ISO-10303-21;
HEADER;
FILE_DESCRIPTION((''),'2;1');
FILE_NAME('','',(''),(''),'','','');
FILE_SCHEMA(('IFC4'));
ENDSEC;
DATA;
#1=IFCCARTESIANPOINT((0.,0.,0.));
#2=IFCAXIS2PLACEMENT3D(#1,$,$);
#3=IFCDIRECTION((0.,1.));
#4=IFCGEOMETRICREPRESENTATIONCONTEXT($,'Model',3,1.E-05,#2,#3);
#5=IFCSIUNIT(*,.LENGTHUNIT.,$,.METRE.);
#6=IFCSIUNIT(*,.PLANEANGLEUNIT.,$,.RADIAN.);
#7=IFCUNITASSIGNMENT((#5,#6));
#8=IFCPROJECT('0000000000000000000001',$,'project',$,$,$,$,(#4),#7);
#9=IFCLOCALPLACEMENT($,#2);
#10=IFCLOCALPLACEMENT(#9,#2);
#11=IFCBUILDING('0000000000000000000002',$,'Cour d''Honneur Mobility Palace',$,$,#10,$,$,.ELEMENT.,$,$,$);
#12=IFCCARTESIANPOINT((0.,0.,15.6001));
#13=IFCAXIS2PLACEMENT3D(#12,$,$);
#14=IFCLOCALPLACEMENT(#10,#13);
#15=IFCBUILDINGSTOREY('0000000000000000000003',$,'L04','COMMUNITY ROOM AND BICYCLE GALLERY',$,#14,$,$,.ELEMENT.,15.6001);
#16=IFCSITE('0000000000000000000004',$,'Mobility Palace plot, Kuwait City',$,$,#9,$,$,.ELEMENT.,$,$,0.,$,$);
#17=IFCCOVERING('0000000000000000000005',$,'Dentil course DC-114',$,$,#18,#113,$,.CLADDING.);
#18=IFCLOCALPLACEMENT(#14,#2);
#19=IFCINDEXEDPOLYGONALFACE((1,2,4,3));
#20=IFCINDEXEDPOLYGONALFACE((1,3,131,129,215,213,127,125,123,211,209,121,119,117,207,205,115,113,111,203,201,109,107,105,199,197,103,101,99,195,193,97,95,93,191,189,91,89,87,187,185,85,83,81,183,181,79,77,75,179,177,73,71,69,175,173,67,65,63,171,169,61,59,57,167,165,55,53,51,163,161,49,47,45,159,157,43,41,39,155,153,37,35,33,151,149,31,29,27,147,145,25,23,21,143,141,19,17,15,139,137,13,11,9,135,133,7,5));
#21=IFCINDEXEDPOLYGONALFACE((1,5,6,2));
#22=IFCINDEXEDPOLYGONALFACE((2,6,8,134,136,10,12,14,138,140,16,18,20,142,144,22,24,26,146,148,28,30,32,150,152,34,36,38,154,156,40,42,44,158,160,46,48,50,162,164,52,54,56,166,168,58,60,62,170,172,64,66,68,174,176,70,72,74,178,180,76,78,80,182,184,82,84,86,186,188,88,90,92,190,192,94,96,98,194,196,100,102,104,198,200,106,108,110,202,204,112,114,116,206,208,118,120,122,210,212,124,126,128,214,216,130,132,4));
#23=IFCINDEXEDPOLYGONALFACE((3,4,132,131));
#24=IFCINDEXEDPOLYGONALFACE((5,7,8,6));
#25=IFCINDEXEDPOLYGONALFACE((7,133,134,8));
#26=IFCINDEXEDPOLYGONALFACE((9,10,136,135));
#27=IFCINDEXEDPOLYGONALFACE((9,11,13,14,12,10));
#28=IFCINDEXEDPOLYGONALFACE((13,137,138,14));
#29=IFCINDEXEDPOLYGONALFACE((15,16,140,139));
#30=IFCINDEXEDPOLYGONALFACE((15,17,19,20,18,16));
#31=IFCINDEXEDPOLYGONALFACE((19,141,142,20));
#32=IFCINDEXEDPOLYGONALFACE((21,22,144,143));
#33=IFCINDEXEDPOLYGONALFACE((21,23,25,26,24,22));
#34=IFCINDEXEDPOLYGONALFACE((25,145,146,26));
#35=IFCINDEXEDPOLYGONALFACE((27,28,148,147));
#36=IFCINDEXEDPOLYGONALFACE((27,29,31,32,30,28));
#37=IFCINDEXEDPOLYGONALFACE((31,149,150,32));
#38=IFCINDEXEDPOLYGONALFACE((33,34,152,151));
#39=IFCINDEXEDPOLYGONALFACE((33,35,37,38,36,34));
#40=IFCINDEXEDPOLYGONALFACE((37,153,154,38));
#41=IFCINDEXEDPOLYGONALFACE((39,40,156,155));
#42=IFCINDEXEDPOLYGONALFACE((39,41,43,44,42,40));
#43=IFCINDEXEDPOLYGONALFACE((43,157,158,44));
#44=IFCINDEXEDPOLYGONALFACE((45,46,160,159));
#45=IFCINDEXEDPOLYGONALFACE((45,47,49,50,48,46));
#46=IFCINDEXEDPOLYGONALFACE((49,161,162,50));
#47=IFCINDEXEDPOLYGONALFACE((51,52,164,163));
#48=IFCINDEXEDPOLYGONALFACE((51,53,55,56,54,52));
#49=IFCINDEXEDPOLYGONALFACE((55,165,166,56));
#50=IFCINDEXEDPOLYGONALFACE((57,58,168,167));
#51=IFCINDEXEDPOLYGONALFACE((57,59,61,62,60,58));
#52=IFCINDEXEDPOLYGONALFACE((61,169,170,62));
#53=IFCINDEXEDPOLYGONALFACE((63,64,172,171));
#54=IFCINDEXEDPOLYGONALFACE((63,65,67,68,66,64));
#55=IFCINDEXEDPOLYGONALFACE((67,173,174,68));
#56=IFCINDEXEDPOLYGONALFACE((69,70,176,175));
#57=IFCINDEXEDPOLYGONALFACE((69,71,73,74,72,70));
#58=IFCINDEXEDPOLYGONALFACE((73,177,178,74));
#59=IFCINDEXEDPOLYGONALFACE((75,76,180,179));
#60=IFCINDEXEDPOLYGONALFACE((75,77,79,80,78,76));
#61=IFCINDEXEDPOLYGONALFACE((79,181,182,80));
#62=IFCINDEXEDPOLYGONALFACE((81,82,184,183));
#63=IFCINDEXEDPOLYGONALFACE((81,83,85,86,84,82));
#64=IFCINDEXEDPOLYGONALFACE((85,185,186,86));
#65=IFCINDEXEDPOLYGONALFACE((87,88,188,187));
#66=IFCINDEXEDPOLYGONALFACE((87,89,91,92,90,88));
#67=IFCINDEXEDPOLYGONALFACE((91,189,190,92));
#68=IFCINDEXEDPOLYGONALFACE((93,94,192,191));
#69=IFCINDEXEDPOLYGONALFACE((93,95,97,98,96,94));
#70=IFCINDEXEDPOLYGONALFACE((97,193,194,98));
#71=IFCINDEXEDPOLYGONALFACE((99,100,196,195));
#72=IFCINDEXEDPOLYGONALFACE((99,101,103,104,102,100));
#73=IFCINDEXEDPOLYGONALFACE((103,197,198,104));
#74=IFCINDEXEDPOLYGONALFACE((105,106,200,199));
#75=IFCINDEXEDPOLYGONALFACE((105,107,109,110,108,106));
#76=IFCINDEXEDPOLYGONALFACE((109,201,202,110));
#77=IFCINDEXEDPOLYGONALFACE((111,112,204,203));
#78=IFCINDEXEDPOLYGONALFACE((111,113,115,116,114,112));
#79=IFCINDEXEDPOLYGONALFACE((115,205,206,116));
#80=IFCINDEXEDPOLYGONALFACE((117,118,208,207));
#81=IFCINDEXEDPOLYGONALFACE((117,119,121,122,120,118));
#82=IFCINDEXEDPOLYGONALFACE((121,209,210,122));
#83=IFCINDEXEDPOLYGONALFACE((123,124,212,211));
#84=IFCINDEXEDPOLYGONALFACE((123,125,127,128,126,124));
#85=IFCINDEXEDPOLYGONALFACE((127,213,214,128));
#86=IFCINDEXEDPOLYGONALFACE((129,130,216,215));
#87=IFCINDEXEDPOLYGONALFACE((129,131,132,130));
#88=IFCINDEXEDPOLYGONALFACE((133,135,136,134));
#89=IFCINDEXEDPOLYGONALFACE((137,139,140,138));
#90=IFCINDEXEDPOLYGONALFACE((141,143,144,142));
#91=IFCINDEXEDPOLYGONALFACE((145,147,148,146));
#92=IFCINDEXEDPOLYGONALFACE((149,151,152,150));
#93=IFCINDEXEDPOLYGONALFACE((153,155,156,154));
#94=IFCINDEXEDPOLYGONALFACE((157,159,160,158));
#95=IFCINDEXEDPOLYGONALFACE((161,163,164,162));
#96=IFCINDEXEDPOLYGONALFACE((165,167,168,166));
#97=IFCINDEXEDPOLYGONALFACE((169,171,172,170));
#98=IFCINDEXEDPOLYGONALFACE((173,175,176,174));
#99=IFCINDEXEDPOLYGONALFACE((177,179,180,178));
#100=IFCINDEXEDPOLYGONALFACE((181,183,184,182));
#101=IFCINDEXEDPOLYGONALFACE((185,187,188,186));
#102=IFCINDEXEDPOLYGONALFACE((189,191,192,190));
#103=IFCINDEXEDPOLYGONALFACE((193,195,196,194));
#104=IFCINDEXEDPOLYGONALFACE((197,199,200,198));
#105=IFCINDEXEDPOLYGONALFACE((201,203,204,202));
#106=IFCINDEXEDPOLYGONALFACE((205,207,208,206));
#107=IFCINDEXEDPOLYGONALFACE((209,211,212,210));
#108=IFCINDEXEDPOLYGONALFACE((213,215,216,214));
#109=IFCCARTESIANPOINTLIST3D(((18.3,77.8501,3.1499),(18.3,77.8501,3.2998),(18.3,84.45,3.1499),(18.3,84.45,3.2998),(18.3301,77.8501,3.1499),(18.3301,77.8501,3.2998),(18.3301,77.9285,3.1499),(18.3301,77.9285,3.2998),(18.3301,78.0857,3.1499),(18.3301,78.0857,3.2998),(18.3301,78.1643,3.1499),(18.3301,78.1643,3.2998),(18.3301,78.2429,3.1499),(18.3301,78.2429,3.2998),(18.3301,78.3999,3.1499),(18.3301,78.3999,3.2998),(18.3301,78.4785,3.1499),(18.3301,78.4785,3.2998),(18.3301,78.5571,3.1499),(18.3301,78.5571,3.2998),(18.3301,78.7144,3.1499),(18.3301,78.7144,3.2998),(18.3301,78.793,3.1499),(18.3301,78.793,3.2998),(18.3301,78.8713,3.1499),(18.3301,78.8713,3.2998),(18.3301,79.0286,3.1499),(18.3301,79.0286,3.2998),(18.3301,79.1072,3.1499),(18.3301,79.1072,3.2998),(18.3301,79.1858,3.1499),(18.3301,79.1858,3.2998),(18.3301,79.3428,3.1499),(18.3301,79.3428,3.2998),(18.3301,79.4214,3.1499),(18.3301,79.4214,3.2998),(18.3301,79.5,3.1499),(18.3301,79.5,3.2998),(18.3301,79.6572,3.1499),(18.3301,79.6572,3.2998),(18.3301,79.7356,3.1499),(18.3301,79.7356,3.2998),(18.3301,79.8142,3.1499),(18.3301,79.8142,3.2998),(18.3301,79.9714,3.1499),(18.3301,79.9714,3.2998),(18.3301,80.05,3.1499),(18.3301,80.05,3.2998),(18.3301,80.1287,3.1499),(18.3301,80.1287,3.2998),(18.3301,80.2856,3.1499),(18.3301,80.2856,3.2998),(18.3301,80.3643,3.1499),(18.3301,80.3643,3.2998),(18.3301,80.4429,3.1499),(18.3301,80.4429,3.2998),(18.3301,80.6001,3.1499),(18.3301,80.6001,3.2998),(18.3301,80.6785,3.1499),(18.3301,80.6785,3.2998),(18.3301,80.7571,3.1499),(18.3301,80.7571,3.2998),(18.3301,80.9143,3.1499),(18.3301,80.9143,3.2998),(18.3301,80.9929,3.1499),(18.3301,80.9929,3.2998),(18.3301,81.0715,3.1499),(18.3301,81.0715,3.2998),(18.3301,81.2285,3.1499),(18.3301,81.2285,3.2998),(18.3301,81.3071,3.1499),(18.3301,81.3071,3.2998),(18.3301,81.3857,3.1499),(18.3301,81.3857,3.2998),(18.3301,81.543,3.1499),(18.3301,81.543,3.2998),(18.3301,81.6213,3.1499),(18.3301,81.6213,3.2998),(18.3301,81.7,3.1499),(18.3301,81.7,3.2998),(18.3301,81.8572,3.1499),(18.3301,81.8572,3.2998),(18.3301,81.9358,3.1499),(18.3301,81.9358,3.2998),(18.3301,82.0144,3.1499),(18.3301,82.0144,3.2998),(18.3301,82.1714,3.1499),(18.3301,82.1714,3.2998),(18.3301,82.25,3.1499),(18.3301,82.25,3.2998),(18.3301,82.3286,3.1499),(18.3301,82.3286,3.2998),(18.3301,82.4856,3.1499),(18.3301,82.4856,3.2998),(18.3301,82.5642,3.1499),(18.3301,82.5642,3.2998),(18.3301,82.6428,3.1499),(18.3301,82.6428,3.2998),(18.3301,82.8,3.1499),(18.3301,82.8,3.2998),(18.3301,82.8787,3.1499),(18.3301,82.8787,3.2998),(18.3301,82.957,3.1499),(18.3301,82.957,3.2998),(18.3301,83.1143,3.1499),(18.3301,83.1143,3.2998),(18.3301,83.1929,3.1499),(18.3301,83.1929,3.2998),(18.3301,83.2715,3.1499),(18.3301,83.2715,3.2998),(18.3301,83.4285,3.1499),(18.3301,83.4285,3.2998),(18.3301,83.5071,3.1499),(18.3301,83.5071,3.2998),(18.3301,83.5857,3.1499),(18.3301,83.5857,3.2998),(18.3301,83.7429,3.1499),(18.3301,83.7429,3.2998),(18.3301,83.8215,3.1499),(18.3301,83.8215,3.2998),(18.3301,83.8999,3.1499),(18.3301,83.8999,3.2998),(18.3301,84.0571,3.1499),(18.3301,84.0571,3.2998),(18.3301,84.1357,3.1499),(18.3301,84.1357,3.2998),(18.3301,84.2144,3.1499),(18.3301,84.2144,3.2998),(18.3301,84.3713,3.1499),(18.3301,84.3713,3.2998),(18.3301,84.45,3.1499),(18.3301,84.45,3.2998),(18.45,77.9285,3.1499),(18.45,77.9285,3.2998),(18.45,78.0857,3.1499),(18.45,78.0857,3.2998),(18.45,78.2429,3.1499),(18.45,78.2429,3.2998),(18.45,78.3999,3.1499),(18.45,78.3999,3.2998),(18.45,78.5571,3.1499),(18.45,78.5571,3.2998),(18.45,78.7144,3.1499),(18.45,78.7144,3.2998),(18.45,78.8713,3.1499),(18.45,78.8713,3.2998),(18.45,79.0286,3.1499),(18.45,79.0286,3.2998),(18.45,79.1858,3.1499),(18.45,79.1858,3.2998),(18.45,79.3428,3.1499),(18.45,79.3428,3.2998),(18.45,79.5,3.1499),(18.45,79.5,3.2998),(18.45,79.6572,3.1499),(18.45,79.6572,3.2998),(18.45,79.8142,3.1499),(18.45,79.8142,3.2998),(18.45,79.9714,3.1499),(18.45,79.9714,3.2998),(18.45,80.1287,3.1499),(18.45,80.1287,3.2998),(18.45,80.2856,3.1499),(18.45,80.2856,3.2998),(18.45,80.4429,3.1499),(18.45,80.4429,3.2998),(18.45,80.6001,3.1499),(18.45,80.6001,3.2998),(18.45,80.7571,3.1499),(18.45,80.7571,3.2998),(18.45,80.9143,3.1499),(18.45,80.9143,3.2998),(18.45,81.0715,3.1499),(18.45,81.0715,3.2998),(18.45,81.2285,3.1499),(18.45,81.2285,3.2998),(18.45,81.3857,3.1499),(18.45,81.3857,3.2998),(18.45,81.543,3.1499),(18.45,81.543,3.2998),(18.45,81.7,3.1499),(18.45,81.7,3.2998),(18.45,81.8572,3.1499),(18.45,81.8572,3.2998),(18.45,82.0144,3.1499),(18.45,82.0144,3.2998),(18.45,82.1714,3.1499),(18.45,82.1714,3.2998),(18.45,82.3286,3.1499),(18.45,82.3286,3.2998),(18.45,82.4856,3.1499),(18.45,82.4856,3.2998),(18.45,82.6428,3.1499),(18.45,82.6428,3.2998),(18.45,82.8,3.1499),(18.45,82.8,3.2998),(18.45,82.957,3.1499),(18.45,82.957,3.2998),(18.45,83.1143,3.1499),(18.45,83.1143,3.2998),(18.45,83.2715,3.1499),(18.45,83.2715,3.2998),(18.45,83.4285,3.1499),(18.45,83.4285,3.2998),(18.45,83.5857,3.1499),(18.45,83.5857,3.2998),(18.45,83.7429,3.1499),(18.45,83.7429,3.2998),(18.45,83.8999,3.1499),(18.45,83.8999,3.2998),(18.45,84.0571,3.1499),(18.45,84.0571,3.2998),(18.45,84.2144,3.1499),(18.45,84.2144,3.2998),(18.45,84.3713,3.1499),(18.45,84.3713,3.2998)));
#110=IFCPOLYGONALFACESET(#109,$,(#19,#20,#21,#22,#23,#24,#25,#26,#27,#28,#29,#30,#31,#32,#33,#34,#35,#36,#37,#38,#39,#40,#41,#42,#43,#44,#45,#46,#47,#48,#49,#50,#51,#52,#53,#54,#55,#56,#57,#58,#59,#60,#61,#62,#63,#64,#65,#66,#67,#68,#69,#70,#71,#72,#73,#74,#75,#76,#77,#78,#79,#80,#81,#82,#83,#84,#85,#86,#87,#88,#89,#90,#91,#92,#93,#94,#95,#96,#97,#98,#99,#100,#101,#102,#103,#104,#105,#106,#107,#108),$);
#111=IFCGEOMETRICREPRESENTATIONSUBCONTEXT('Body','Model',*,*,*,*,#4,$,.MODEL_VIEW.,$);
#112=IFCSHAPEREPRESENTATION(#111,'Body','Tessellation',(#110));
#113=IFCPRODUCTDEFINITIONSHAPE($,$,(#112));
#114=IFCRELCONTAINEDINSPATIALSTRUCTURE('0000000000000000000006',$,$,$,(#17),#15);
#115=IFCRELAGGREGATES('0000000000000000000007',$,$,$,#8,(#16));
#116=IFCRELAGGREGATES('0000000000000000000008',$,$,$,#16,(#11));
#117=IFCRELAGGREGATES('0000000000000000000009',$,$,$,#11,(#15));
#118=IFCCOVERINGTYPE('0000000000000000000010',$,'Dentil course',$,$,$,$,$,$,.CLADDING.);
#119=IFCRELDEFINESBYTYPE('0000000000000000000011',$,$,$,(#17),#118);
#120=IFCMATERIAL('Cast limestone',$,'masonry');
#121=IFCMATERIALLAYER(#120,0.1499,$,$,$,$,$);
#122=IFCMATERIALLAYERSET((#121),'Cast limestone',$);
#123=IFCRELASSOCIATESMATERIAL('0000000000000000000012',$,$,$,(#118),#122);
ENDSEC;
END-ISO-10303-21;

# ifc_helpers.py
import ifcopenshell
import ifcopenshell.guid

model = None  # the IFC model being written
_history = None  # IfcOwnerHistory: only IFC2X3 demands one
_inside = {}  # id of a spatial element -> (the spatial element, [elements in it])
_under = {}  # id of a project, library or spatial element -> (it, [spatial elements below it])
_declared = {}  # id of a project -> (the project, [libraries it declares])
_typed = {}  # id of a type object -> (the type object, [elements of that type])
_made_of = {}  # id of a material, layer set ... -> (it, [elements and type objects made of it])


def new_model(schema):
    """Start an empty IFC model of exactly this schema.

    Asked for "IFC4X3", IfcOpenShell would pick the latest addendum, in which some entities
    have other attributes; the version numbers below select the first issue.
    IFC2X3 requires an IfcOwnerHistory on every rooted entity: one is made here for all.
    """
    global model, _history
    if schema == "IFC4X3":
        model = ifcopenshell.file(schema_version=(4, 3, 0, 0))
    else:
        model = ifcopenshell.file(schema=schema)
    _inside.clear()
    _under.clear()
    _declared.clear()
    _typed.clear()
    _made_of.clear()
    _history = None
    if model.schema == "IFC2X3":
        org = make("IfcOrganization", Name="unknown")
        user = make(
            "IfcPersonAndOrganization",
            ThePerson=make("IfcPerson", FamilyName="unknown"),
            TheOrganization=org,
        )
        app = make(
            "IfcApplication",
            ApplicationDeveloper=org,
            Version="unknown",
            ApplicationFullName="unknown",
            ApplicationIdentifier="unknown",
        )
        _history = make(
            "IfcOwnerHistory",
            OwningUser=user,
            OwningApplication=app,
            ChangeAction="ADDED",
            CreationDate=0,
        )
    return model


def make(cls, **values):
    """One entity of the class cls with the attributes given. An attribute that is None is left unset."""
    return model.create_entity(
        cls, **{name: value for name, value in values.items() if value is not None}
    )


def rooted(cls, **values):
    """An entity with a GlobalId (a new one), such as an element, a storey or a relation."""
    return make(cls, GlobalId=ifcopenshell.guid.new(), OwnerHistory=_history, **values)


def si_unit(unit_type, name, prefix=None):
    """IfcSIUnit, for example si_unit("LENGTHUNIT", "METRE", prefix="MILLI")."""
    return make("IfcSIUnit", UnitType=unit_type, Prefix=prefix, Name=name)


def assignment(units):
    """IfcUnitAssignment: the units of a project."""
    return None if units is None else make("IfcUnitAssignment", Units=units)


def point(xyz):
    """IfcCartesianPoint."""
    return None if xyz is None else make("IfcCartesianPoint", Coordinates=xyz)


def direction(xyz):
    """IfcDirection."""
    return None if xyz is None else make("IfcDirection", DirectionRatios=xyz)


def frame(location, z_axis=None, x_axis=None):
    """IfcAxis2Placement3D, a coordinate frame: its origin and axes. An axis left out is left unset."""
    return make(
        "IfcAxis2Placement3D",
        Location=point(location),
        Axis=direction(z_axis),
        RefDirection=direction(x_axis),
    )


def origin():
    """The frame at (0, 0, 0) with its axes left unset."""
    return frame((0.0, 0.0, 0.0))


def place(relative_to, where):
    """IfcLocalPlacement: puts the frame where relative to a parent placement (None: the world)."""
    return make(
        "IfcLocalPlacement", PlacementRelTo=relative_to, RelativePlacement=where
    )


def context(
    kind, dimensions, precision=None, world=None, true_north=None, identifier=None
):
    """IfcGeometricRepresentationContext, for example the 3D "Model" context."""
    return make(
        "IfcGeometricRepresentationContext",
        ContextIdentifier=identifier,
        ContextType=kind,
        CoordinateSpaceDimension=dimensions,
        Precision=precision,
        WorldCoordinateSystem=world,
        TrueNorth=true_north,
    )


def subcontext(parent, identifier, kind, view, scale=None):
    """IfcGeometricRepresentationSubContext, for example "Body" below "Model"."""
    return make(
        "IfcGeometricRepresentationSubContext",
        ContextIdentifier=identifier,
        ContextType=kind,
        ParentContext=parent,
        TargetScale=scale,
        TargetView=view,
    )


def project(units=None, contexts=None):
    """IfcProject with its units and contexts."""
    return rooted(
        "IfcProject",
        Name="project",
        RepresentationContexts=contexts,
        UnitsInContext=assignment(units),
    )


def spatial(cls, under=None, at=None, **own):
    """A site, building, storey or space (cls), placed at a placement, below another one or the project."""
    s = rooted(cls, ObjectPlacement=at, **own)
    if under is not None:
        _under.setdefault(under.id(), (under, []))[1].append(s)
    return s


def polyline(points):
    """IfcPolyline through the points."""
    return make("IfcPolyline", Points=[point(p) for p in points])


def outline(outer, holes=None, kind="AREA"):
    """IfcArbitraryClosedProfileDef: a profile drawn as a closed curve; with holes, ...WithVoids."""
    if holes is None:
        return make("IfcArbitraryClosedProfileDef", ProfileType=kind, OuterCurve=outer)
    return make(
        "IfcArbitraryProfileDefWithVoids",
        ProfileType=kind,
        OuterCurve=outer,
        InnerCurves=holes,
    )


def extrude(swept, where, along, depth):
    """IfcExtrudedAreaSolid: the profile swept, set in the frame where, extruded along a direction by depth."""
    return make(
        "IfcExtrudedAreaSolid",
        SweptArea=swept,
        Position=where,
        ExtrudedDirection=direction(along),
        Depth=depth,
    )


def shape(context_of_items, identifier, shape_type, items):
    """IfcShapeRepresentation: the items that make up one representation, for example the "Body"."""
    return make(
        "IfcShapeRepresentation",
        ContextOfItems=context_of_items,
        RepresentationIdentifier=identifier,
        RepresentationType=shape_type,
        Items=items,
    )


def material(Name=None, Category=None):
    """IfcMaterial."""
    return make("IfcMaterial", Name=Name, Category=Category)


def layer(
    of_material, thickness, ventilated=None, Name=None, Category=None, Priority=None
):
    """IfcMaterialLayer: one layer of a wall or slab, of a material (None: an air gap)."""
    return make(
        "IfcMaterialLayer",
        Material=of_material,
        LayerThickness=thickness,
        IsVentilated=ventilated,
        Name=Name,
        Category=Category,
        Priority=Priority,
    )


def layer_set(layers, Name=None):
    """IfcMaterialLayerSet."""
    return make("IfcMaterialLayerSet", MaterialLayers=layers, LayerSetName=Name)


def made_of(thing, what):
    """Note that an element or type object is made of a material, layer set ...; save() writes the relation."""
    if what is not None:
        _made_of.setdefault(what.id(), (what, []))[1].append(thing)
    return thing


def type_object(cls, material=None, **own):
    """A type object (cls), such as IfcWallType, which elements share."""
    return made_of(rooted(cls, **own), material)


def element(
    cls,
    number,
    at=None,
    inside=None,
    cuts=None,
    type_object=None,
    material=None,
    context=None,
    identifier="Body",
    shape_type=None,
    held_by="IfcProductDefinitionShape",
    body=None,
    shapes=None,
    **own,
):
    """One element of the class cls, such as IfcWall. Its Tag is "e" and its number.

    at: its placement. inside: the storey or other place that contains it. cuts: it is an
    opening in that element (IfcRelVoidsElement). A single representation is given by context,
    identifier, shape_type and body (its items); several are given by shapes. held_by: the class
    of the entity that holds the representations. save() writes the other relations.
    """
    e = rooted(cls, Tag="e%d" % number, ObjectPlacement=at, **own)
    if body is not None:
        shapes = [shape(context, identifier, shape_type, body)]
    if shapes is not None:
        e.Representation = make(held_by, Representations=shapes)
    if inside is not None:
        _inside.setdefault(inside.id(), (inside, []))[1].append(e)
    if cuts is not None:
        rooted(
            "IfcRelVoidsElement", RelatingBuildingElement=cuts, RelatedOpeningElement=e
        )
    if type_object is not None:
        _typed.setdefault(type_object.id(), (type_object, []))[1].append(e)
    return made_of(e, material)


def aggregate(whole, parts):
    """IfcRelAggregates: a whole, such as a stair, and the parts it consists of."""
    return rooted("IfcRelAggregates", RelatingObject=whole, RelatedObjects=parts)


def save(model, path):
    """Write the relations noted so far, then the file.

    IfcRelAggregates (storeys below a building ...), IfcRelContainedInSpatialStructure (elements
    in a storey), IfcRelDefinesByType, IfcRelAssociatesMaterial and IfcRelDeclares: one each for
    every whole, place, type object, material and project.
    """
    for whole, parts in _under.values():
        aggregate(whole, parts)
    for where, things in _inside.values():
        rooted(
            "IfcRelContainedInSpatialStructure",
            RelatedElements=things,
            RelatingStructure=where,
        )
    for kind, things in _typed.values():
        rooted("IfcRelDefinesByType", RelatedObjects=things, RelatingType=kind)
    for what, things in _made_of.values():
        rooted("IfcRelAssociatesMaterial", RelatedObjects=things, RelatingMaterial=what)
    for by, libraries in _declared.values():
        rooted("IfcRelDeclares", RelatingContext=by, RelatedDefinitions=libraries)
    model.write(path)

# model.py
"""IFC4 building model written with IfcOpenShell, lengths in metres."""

from ifc_helpers import new_model, si_unit, direction, frame, origin, place, context, subcontext, project, spatial, polyline, outline, extrude, material, layer, layer_set, type_object, element, save


model = new_model("IFC4")

# Units and contexts
model_context = context("Model", 3, precision=1e-05, world=origin(), true_north=direction((0.0, 1.0)))
body_context = subcontext(model_context, "Body", "Model", "MODEL_VIEW")
ifc_project = project(units=[si_unit("LENGTHUNIT", "METRE"), si_unit("PLANEANGLEUNIT", "RADIAN")], contexts=[model_context])

# Site, building, storey
site_placement = place(None, origin())
site = spatial("IfcSite", under=ifc_project, at=site_placement, Name="Mobility Palace plot, Kuwait City", CompositionType="ELEMENT", RefElevation=0.0)
building_placement = place(site_placement, origin())
building = spatial("IfcBuilding", under=site, at=building_placement, Name="Cour d'Honneur Mobility Palace", CompositionType="ELEMENT")
storey_placement = place(building_placement, frame((0.0, 0.0, 15.6001)))
storey = spatial("IfcBuildingStorey", under=building, at=storey_placement, Name="L04", Description="COMMUNITY ROOM AND BICYCLE GALLERY", CompositionType="ELEMENT", Elevation=15.6001)

# Covering
ifc_material = material(Name="Cast limestone", Category="masonry")
ifc_layer = layer(ifc_material, 0.1499)
ifc_layer_set = layer_set([ifc_layer], Name="Cast limestone")
covering_type = type_object("IfcCoveringType", Name="Dentil course", PredefinedType="CLADDING", material=ifc_layer_set)
covering_1_placement = place(storey_placement, frame((0.0, 0.0, 3.1499)))
element("IfcCovering", 1, at=covering_1_placement, inside=storey, type_object=covering_type, Name="Dentil course DC-114", PredefinedType="CLADDING", context=body_context, shape_type="SweptSolid", body=[
    extrude(outline(polyline([(18.3, 77.8501), (18.3, 84.45), (18.3301, 84.45), (18.3301, 84.45), (18.3301, 84.3713), (18.45, 84.3713), (18.45, 84.2144), (18.3301, 84.2144), (18.3301, 84.1357), (18.3301, 84.1357), (18.3301, 84.0571), (18.45, 84.0571), (18.45, 83.8999), (18.3301, 83.8999), (18.3301, 83.8215), (18.3301, 83.8215), (18.3301, 83.7429), (18.45, 83.7429), (18.45, 83.5857), (18.3301, 83.5857), (18.3301, 83.5071), (18.3301, 83.5071), (18.3301, 83.4285), (18.45, 83.4285), (18.45, 83.2715), (18.3301, 83.2715), (18.3301, 83.1929), (18.3301, 83.1929), (18.3301, 83.1143), (18.45, 83.1143), (18.45, 82.957), (18.3301, 82.957), (18.3301, 82.8787), (18.3301, 82.8787), (18.3301, 82.8), (18.45, 82.8), (18.45, 82.6428), (18.3301, 82.6428), (18.3301, 82.5642), (18.3301, 82.5642), (18.3301, 82.4856), (18.45, 82.4856), (18.45, 82.3286), (18.3301, 82.3286), (18.3301, 82.25), (18.3301, 82.25), (18.3301, 82.1714), (18.45, 82.1714), (18.45, 82.0144), (18.3301, 82.0144), (18.3301, 81.9358), (18.3301, 81.9358), (18.3301, 81.8572), (18.45, 81.8572), (18.45, 81.7), (18.3301, 81.7), (18.3301, 81.6213), (18.3301, 81.6213), (18.3301, 81.543), (18.45, 81.543), (18.45, 81.3857), (18.3301, 81.3857), (18.3301, 81.3071), (18.3301, 81.3071), (18.3301, 81.2285), (18.45, 81.2285), (18.45, 81.0715), (18.3301, 81.0715), (18.3301, 80.9929), (18.3301, 80.9929), (18.3301, 80.9143), (18.45, 80.9143), (18.45, 80.7571), (18.3301, 80.7571), (18.3301, 80.6785), (18.3301, 80.6785), (18.3301, 80.6001), (18.45, 80.6001), (18.45, 80.4429), (18.3301, 80.4429), (18.3301, 80.3643), (18.3301, 80.3643), (18.3301, 80.2856), (18.45, 80.2856), (18.45, 80.1287), (18.3301, 80.1287), (18.3301, 80.05), (18.3301, 80.05), (18.3301, 79.9714), (18.45, 79.9714), (18.45, 79.8142), (18.3301, 79.8142), (18.3301, 79.7356), (18.3301, 79.7356), (18.3301, 79.6572), (18.45, 79.6572), (18.45, 79.5), (18.3301, 79.5), (18.3301, 79.4214), (18.3301, 79.4214), (18.3301, 79.3428), (18.45, 79.3428), (18.45, 79.1858), (18.3301, 79.1858), (18.3301, 79.1072), (18.3301, 79.1072), (18.3301, 79.0286), (18.45, 79.0286), (18.45, 78.8713), (18.3301, 78.8713), (18.3301, 78.793), (18.3301, 78.793), (18.3301, 78.7144), (18.45, 78.7144), (18.45, 78.5571), (18.3301, 78.5571), (18.3301, 78.4785), (18.3301, 78.4785), (18.3301, 78.3999), (18.45, 78.3999), (18.45, 78.2429), (18.3301, 78.2429), (18.3301, 78.1643), (18.3301, 78.1643), (18.3301, 78.0857), (18.45, 78.0857), (18.45, 77.9285), (18.3301, 77.9285), (18.3301, 77.8501), (18.3, 77.8501)])), origin(), (0.0, 0.0, 1.0), 0.1499),
])

save(model, "model.ifc")
